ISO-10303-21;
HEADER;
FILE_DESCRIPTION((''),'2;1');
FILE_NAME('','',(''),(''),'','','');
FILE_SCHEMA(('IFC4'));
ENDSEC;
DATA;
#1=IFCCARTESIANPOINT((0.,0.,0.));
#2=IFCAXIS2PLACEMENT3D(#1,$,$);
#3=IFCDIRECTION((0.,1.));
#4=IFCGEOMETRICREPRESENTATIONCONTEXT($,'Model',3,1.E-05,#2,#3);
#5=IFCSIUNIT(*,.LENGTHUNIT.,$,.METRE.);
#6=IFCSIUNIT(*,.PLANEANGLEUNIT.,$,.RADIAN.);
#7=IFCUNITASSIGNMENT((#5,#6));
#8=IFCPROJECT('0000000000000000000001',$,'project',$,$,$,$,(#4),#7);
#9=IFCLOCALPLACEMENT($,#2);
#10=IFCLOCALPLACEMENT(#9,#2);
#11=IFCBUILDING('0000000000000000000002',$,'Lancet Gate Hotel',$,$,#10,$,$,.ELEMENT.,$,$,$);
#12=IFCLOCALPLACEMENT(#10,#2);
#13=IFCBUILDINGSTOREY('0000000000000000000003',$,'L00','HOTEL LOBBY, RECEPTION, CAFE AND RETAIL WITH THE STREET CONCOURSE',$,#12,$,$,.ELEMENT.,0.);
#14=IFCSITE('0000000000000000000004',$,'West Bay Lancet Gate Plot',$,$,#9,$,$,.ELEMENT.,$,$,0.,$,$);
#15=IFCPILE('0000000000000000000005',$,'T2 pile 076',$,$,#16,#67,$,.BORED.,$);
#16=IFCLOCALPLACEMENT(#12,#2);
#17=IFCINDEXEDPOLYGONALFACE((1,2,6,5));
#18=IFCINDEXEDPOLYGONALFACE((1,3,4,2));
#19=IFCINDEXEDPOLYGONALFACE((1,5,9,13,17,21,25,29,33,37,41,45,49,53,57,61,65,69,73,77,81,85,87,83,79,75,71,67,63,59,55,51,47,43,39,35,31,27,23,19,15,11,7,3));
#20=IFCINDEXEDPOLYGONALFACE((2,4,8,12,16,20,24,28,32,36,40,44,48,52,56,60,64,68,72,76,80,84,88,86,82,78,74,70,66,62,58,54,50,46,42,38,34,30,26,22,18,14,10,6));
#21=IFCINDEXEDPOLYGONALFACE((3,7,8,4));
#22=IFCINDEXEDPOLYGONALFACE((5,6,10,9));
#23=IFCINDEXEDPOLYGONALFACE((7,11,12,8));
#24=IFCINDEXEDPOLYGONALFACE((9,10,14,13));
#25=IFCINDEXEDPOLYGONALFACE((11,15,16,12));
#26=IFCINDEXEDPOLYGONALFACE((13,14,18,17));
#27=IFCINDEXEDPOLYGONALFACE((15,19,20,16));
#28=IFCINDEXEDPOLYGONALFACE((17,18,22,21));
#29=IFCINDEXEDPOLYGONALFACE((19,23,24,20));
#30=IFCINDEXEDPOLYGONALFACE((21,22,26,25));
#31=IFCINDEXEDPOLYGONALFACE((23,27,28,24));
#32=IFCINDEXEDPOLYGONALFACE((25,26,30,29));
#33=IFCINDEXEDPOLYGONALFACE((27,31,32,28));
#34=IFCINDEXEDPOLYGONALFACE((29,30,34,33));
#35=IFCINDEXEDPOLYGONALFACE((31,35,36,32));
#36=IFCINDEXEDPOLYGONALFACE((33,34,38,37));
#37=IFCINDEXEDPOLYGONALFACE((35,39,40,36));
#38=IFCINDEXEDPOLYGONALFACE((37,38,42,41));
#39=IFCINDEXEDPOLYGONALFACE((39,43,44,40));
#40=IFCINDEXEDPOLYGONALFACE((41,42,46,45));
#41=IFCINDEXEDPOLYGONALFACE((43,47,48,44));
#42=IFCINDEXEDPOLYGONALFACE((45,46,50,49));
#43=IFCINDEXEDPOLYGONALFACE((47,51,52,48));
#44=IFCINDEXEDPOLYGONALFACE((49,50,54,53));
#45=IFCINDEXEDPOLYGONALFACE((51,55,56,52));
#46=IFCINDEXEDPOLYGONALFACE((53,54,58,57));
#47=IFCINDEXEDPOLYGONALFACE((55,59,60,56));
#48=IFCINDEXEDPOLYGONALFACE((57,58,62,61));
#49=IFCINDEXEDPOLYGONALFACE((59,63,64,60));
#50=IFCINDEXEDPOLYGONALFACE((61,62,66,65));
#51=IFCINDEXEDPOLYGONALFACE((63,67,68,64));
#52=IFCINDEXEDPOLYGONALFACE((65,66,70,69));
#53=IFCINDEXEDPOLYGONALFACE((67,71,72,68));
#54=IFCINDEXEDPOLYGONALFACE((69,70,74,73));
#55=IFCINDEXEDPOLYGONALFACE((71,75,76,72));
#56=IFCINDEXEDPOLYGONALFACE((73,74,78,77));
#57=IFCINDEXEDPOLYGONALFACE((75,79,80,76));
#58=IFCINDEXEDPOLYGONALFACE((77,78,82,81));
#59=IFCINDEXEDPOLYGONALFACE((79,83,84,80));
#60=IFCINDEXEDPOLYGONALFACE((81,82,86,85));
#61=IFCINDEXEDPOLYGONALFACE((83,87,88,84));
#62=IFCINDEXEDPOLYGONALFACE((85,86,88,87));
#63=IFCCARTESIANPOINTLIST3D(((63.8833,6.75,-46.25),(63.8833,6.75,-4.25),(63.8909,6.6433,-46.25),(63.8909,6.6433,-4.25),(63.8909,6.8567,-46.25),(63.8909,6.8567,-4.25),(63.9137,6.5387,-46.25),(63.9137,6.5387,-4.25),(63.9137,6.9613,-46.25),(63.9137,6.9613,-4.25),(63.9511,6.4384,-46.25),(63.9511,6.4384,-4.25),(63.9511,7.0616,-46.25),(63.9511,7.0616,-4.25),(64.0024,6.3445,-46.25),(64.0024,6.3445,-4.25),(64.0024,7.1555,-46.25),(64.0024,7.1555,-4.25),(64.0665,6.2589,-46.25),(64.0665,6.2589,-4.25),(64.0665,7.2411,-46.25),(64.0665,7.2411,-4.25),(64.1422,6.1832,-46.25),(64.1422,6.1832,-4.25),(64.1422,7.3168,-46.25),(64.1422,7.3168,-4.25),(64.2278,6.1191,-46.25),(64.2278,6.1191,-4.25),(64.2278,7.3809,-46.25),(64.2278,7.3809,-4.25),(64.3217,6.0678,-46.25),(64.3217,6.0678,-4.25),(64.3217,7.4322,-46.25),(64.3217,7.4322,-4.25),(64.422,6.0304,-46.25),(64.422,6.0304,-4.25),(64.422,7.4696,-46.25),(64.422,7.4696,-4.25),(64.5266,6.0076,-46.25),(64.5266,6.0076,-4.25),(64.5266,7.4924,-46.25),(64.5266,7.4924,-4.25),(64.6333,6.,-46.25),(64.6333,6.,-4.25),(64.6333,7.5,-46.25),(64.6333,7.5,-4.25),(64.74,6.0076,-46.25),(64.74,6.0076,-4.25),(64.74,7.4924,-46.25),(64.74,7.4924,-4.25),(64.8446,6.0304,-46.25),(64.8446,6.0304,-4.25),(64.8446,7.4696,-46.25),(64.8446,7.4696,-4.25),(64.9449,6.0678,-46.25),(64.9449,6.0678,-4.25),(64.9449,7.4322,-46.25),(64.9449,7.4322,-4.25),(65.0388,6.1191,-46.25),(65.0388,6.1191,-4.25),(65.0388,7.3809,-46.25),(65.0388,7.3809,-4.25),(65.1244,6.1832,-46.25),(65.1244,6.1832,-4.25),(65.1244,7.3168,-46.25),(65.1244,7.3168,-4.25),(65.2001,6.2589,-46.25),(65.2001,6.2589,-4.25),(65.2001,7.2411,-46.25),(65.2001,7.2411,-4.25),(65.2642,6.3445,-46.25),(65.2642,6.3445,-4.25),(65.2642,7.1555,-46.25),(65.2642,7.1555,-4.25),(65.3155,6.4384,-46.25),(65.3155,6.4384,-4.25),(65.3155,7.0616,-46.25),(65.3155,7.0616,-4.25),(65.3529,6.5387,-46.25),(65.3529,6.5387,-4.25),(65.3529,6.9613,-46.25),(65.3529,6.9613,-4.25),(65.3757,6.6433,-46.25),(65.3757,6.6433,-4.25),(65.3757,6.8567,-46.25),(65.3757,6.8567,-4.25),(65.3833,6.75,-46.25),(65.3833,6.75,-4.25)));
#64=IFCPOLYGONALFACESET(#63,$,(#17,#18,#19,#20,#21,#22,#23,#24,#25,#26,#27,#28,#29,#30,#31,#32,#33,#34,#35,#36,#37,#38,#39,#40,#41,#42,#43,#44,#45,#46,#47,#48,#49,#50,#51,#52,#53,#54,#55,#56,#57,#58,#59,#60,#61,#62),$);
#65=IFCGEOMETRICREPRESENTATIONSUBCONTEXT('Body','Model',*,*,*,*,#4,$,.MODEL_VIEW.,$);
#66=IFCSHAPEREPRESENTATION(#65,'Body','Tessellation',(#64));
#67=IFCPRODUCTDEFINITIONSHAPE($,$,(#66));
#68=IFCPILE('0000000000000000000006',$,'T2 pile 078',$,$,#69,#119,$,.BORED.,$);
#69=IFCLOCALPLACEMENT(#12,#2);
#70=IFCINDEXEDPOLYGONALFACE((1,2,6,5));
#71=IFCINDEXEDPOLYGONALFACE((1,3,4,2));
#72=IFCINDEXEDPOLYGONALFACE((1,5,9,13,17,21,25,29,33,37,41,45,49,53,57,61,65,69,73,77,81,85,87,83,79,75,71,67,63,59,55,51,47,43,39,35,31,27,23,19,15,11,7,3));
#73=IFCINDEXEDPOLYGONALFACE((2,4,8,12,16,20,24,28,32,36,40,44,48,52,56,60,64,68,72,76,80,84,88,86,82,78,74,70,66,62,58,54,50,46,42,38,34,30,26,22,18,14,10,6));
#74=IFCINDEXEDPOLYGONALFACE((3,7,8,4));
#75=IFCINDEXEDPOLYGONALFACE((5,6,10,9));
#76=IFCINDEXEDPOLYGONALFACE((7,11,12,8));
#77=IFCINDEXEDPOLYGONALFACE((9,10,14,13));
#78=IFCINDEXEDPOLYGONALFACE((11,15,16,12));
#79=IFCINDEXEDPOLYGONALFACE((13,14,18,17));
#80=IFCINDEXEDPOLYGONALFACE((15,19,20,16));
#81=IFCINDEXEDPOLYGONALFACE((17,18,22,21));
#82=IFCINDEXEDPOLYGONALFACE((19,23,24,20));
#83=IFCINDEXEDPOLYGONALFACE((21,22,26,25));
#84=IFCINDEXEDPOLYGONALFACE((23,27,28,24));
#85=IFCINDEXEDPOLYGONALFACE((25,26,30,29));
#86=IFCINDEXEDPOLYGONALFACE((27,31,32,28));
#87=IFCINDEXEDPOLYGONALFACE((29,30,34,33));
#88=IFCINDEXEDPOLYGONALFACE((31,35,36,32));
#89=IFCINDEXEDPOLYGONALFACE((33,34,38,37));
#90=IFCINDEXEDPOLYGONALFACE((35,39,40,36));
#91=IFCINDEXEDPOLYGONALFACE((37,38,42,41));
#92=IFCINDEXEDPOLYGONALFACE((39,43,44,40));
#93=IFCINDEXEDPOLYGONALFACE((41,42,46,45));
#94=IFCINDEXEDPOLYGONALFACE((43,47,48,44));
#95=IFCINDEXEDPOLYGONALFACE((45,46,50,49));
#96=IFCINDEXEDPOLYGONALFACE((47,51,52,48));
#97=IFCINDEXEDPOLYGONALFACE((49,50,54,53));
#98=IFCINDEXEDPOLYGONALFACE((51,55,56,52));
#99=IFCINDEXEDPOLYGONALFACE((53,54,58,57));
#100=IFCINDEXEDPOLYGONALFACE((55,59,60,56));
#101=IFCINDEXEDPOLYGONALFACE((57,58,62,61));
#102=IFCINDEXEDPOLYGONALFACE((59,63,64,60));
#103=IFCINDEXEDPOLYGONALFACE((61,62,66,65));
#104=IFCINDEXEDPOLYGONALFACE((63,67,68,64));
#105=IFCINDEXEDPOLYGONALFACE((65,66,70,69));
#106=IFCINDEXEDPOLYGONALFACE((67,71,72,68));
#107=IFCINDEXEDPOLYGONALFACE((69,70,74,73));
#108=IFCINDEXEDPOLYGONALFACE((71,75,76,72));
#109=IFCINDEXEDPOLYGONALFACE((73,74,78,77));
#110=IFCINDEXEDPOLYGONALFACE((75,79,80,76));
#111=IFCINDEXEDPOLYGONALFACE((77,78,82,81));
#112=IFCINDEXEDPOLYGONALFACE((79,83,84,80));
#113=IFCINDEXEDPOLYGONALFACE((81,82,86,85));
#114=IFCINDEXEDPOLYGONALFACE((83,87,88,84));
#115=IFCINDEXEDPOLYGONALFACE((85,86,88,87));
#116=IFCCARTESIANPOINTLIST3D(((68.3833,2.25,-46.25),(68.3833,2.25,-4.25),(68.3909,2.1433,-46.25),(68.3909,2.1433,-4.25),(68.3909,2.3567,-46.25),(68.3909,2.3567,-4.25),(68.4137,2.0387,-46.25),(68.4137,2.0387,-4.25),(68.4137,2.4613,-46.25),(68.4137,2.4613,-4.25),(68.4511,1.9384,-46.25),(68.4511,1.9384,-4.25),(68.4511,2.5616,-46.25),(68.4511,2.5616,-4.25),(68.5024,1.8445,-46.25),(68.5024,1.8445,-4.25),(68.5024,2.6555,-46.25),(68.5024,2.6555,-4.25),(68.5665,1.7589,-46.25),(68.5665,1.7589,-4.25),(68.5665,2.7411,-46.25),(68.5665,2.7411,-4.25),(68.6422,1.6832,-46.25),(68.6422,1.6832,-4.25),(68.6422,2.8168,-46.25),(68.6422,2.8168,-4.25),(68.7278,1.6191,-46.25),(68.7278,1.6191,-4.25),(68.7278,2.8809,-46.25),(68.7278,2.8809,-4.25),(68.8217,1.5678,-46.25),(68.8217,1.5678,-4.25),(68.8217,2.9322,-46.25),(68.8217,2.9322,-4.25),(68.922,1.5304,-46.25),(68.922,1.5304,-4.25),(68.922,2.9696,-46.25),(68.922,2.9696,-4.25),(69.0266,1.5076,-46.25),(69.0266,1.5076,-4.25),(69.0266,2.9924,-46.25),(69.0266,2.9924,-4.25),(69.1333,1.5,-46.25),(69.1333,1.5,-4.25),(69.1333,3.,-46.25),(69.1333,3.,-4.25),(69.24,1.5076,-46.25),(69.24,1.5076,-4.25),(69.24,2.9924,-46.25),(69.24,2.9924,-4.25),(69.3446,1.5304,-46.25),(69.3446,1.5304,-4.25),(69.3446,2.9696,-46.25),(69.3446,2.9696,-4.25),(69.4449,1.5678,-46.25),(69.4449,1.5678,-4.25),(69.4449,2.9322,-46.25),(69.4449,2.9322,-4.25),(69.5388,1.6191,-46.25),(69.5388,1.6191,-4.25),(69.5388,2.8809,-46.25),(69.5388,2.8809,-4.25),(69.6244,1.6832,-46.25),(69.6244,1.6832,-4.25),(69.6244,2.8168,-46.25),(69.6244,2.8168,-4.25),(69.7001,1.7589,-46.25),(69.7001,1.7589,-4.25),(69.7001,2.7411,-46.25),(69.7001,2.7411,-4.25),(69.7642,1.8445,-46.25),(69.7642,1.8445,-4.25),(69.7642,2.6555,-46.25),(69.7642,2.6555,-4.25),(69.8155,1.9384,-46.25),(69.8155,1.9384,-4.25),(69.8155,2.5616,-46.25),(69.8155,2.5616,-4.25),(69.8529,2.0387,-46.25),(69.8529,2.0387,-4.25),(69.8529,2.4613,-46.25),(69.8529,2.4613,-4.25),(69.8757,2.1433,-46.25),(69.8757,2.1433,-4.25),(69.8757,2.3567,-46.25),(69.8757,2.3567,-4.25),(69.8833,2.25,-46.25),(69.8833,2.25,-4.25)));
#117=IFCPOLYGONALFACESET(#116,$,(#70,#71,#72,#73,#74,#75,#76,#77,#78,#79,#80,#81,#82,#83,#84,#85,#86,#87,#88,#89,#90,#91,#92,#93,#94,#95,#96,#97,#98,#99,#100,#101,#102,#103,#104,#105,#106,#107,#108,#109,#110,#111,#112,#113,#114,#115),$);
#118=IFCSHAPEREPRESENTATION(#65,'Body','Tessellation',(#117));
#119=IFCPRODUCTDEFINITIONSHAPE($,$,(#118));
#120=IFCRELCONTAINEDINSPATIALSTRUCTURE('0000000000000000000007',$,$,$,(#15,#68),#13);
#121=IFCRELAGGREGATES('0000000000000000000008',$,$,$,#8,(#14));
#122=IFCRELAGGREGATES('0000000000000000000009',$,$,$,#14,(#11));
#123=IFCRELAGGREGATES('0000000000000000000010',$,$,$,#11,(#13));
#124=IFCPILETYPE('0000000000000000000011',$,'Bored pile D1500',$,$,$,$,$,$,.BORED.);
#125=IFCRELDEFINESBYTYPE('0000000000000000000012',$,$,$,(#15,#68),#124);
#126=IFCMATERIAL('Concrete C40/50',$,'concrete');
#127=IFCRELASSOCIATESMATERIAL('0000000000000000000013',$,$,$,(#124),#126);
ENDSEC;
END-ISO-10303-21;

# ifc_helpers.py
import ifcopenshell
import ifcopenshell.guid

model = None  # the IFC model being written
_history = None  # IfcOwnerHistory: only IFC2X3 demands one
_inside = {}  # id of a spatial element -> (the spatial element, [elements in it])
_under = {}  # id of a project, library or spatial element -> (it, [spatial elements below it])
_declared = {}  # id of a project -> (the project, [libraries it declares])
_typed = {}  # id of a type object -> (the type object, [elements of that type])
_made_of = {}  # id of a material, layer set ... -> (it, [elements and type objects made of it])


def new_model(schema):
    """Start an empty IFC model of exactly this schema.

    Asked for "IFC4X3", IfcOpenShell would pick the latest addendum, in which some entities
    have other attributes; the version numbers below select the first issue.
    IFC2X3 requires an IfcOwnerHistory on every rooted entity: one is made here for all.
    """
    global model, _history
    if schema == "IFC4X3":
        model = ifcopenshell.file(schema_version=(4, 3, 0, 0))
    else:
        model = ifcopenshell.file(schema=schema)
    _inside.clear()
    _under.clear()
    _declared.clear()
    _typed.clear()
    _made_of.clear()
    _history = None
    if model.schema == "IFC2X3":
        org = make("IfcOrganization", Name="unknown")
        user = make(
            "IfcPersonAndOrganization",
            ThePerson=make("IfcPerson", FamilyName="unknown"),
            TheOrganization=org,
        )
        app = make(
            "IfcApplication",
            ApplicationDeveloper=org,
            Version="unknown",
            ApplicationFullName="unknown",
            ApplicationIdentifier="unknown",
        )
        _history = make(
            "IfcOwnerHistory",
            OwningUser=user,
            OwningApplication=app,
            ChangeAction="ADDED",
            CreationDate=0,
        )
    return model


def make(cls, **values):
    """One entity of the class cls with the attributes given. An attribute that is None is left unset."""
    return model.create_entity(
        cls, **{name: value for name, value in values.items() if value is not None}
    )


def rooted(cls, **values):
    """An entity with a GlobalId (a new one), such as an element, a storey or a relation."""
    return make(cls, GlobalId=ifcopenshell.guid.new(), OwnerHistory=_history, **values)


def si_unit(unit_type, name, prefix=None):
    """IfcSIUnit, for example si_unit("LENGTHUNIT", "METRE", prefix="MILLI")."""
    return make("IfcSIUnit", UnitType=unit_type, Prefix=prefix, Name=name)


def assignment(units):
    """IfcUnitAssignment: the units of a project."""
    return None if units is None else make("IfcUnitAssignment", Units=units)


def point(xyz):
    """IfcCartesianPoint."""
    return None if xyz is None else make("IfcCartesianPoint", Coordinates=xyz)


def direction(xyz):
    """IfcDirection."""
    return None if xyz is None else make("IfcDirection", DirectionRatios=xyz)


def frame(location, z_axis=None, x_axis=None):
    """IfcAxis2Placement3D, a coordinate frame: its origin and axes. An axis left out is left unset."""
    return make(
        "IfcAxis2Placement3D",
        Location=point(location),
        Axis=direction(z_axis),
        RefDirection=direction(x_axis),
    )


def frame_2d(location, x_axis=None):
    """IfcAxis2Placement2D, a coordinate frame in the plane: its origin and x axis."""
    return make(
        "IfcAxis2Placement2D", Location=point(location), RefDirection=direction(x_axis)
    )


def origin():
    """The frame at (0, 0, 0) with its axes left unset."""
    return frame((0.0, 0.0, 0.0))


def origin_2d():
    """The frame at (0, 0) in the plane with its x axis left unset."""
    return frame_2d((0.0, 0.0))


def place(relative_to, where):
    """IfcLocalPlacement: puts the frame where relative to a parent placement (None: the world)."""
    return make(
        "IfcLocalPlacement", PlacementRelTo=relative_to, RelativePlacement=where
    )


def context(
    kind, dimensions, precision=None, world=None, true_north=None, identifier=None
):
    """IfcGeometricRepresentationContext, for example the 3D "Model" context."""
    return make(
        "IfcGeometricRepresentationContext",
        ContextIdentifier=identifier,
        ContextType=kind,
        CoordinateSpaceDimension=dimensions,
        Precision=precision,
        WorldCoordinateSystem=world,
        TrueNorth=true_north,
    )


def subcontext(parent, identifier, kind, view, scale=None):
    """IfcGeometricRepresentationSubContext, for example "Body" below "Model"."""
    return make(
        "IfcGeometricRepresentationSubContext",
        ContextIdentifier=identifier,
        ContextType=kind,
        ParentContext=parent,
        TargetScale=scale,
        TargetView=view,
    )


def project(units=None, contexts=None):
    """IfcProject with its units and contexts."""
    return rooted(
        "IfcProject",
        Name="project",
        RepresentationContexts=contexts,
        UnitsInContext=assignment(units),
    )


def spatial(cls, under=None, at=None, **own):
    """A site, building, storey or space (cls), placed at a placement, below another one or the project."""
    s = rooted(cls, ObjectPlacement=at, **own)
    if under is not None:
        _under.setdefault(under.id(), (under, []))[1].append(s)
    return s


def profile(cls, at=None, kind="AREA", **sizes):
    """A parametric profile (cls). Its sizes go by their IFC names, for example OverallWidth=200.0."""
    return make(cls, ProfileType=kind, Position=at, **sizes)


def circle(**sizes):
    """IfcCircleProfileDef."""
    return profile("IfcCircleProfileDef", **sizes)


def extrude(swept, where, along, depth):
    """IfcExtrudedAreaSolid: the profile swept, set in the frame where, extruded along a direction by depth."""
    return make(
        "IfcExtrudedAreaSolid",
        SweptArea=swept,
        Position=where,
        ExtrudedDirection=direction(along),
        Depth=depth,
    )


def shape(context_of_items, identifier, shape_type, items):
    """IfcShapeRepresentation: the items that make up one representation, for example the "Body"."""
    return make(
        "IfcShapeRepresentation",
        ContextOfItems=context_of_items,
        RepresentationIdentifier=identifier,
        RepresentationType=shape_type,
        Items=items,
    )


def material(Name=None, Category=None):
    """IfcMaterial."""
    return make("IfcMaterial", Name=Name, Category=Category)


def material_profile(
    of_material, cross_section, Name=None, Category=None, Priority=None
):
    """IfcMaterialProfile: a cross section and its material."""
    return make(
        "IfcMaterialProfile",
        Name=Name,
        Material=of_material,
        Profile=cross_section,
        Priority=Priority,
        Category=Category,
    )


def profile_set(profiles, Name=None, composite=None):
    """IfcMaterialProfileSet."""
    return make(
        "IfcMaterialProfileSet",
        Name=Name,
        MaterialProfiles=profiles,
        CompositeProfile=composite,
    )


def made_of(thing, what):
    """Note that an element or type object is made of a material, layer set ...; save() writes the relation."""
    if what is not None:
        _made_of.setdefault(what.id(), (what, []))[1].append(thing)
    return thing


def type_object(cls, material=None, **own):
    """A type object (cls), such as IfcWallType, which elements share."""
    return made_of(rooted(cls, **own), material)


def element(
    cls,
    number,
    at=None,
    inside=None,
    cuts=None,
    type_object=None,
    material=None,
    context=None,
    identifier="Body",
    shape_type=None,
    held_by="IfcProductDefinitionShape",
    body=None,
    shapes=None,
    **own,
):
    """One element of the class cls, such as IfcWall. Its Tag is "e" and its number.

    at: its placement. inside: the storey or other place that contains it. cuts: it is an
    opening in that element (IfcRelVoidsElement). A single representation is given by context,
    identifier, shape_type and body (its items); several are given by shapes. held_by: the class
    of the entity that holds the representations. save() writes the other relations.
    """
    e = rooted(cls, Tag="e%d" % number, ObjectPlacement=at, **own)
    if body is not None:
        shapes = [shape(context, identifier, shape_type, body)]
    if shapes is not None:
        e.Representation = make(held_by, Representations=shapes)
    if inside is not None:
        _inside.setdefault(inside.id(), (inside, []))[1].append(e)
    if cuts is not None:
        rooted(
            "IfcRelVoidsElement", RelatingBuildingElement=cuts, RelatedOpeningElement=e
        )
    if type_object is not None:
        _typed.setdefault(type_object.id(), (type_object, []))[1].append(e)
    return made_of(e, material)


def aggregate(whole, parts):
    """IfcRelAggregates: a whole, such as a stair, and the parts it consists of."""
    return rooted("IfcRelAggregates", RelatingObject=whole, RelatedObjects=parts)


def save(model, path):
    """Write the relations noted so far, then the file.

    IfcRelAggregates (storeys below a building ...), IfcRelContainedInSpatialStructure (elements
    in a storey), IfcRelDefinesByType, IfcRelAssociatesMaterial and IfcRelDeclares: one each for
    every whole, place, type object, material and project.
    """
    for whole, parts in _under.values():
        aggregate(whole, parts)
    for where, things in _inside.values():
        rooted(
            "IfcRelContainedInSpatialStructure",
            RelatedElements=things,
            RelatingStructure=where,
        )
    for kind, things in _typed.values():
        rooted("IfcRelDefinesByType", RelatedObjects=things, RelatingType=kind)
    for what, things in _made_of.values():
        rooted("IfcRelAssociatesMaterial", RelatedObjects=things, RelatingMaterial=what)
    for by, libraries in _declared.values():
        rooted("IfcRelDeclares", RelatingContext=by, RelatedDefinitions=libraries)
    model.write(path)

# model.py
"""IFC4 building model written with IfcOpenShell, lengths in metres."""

from ifc_helpers import new_model, si_unit, direction, frame, origin, origin_2d, place, context, subcontext, project, spatial, circle, extrude, material, material_profile, profile_set, type_object, element, save


model = new_model("IFC4")

# Units and contexts
model_context = context("Model", 3, precision=1e-05, world=origin(), true_north=direction((0.0, 1.0)))
body_context = subcontext(model_context, "Body", "Model", "MODEL_VIEW")
ifc_project = project(units=[si_unit("LENGTHUNIT", "METRE"), si_unit("PLANEANGLEUNIT", "RADIAN")], contexts=[model_context])

# Site, building, storey
site_placement = place(None, origin())
site = spatial("IfcSite", under=ifc_project, at=site_placement, Name="West Bay Lancet Gate Plot", CompositionType="ELEMENT", RefElevation=0.0)
building_placement = place(site_placement, origin())
building = spatial("IfcBuilding", under=site, at=building_placement, Name="Lancet Gate Hotel", CompositionType="ELEMENT")
storey_placement = place(building_placement, origin())
storey = spatial("IfcBuildingStorey", under=building, at=storey_placement, Name="L00", Description="HOTEL LOBBY, RECEPTION, CAFE AND RETAIL WITH THE STREET CONCOURSE", CompositionType="ELEMENT", Elevation=0.0)

# Piles
ifc_material_1 = material(Name="Concrete C40/50", Category="concrete")
ifc_material_profile_1 = material_profile(ifc_material_1, circle(Radius=0.75, at=origin_2d()), Name="PILE D1500")
ifc_profile_set_1 = profile_set([ifc_material_profile_1], Name="Concrete C40/50")
pile_type = type_object("IfcPileType", Name="Bored pile D1500", PredefinedType="BORED", material=ifc_profile_set_1)
for number, where, z_axis, x_axis, name in (
    (1, (64.6333, 6.75, -4.25), (0.0, 0.0, -1.0), (1.0, 0.0, 0.0), "T2 pile 076"),
    (2, (69.1333, 2.25, -4.25), (0.0, 0.0, -1.0), (1.0, 0.0, 0.0), "T2 pile 078"),
):
    element("IfcPile", number, at=place(storey_placement, frame(where, z_axis=z_axis, x_axis=x_axis)), inside=storey, type_object=pile_type, Name=name, PredefinedType="BORED", context=body_context, shape_type="SweptSolid", body=[
        extrude(circle(Radius=0.75, at=origin_2d()), origin(), (0.0, 0.0, 1.0), 42.0),
    ])

save(model, "model.ifc")
